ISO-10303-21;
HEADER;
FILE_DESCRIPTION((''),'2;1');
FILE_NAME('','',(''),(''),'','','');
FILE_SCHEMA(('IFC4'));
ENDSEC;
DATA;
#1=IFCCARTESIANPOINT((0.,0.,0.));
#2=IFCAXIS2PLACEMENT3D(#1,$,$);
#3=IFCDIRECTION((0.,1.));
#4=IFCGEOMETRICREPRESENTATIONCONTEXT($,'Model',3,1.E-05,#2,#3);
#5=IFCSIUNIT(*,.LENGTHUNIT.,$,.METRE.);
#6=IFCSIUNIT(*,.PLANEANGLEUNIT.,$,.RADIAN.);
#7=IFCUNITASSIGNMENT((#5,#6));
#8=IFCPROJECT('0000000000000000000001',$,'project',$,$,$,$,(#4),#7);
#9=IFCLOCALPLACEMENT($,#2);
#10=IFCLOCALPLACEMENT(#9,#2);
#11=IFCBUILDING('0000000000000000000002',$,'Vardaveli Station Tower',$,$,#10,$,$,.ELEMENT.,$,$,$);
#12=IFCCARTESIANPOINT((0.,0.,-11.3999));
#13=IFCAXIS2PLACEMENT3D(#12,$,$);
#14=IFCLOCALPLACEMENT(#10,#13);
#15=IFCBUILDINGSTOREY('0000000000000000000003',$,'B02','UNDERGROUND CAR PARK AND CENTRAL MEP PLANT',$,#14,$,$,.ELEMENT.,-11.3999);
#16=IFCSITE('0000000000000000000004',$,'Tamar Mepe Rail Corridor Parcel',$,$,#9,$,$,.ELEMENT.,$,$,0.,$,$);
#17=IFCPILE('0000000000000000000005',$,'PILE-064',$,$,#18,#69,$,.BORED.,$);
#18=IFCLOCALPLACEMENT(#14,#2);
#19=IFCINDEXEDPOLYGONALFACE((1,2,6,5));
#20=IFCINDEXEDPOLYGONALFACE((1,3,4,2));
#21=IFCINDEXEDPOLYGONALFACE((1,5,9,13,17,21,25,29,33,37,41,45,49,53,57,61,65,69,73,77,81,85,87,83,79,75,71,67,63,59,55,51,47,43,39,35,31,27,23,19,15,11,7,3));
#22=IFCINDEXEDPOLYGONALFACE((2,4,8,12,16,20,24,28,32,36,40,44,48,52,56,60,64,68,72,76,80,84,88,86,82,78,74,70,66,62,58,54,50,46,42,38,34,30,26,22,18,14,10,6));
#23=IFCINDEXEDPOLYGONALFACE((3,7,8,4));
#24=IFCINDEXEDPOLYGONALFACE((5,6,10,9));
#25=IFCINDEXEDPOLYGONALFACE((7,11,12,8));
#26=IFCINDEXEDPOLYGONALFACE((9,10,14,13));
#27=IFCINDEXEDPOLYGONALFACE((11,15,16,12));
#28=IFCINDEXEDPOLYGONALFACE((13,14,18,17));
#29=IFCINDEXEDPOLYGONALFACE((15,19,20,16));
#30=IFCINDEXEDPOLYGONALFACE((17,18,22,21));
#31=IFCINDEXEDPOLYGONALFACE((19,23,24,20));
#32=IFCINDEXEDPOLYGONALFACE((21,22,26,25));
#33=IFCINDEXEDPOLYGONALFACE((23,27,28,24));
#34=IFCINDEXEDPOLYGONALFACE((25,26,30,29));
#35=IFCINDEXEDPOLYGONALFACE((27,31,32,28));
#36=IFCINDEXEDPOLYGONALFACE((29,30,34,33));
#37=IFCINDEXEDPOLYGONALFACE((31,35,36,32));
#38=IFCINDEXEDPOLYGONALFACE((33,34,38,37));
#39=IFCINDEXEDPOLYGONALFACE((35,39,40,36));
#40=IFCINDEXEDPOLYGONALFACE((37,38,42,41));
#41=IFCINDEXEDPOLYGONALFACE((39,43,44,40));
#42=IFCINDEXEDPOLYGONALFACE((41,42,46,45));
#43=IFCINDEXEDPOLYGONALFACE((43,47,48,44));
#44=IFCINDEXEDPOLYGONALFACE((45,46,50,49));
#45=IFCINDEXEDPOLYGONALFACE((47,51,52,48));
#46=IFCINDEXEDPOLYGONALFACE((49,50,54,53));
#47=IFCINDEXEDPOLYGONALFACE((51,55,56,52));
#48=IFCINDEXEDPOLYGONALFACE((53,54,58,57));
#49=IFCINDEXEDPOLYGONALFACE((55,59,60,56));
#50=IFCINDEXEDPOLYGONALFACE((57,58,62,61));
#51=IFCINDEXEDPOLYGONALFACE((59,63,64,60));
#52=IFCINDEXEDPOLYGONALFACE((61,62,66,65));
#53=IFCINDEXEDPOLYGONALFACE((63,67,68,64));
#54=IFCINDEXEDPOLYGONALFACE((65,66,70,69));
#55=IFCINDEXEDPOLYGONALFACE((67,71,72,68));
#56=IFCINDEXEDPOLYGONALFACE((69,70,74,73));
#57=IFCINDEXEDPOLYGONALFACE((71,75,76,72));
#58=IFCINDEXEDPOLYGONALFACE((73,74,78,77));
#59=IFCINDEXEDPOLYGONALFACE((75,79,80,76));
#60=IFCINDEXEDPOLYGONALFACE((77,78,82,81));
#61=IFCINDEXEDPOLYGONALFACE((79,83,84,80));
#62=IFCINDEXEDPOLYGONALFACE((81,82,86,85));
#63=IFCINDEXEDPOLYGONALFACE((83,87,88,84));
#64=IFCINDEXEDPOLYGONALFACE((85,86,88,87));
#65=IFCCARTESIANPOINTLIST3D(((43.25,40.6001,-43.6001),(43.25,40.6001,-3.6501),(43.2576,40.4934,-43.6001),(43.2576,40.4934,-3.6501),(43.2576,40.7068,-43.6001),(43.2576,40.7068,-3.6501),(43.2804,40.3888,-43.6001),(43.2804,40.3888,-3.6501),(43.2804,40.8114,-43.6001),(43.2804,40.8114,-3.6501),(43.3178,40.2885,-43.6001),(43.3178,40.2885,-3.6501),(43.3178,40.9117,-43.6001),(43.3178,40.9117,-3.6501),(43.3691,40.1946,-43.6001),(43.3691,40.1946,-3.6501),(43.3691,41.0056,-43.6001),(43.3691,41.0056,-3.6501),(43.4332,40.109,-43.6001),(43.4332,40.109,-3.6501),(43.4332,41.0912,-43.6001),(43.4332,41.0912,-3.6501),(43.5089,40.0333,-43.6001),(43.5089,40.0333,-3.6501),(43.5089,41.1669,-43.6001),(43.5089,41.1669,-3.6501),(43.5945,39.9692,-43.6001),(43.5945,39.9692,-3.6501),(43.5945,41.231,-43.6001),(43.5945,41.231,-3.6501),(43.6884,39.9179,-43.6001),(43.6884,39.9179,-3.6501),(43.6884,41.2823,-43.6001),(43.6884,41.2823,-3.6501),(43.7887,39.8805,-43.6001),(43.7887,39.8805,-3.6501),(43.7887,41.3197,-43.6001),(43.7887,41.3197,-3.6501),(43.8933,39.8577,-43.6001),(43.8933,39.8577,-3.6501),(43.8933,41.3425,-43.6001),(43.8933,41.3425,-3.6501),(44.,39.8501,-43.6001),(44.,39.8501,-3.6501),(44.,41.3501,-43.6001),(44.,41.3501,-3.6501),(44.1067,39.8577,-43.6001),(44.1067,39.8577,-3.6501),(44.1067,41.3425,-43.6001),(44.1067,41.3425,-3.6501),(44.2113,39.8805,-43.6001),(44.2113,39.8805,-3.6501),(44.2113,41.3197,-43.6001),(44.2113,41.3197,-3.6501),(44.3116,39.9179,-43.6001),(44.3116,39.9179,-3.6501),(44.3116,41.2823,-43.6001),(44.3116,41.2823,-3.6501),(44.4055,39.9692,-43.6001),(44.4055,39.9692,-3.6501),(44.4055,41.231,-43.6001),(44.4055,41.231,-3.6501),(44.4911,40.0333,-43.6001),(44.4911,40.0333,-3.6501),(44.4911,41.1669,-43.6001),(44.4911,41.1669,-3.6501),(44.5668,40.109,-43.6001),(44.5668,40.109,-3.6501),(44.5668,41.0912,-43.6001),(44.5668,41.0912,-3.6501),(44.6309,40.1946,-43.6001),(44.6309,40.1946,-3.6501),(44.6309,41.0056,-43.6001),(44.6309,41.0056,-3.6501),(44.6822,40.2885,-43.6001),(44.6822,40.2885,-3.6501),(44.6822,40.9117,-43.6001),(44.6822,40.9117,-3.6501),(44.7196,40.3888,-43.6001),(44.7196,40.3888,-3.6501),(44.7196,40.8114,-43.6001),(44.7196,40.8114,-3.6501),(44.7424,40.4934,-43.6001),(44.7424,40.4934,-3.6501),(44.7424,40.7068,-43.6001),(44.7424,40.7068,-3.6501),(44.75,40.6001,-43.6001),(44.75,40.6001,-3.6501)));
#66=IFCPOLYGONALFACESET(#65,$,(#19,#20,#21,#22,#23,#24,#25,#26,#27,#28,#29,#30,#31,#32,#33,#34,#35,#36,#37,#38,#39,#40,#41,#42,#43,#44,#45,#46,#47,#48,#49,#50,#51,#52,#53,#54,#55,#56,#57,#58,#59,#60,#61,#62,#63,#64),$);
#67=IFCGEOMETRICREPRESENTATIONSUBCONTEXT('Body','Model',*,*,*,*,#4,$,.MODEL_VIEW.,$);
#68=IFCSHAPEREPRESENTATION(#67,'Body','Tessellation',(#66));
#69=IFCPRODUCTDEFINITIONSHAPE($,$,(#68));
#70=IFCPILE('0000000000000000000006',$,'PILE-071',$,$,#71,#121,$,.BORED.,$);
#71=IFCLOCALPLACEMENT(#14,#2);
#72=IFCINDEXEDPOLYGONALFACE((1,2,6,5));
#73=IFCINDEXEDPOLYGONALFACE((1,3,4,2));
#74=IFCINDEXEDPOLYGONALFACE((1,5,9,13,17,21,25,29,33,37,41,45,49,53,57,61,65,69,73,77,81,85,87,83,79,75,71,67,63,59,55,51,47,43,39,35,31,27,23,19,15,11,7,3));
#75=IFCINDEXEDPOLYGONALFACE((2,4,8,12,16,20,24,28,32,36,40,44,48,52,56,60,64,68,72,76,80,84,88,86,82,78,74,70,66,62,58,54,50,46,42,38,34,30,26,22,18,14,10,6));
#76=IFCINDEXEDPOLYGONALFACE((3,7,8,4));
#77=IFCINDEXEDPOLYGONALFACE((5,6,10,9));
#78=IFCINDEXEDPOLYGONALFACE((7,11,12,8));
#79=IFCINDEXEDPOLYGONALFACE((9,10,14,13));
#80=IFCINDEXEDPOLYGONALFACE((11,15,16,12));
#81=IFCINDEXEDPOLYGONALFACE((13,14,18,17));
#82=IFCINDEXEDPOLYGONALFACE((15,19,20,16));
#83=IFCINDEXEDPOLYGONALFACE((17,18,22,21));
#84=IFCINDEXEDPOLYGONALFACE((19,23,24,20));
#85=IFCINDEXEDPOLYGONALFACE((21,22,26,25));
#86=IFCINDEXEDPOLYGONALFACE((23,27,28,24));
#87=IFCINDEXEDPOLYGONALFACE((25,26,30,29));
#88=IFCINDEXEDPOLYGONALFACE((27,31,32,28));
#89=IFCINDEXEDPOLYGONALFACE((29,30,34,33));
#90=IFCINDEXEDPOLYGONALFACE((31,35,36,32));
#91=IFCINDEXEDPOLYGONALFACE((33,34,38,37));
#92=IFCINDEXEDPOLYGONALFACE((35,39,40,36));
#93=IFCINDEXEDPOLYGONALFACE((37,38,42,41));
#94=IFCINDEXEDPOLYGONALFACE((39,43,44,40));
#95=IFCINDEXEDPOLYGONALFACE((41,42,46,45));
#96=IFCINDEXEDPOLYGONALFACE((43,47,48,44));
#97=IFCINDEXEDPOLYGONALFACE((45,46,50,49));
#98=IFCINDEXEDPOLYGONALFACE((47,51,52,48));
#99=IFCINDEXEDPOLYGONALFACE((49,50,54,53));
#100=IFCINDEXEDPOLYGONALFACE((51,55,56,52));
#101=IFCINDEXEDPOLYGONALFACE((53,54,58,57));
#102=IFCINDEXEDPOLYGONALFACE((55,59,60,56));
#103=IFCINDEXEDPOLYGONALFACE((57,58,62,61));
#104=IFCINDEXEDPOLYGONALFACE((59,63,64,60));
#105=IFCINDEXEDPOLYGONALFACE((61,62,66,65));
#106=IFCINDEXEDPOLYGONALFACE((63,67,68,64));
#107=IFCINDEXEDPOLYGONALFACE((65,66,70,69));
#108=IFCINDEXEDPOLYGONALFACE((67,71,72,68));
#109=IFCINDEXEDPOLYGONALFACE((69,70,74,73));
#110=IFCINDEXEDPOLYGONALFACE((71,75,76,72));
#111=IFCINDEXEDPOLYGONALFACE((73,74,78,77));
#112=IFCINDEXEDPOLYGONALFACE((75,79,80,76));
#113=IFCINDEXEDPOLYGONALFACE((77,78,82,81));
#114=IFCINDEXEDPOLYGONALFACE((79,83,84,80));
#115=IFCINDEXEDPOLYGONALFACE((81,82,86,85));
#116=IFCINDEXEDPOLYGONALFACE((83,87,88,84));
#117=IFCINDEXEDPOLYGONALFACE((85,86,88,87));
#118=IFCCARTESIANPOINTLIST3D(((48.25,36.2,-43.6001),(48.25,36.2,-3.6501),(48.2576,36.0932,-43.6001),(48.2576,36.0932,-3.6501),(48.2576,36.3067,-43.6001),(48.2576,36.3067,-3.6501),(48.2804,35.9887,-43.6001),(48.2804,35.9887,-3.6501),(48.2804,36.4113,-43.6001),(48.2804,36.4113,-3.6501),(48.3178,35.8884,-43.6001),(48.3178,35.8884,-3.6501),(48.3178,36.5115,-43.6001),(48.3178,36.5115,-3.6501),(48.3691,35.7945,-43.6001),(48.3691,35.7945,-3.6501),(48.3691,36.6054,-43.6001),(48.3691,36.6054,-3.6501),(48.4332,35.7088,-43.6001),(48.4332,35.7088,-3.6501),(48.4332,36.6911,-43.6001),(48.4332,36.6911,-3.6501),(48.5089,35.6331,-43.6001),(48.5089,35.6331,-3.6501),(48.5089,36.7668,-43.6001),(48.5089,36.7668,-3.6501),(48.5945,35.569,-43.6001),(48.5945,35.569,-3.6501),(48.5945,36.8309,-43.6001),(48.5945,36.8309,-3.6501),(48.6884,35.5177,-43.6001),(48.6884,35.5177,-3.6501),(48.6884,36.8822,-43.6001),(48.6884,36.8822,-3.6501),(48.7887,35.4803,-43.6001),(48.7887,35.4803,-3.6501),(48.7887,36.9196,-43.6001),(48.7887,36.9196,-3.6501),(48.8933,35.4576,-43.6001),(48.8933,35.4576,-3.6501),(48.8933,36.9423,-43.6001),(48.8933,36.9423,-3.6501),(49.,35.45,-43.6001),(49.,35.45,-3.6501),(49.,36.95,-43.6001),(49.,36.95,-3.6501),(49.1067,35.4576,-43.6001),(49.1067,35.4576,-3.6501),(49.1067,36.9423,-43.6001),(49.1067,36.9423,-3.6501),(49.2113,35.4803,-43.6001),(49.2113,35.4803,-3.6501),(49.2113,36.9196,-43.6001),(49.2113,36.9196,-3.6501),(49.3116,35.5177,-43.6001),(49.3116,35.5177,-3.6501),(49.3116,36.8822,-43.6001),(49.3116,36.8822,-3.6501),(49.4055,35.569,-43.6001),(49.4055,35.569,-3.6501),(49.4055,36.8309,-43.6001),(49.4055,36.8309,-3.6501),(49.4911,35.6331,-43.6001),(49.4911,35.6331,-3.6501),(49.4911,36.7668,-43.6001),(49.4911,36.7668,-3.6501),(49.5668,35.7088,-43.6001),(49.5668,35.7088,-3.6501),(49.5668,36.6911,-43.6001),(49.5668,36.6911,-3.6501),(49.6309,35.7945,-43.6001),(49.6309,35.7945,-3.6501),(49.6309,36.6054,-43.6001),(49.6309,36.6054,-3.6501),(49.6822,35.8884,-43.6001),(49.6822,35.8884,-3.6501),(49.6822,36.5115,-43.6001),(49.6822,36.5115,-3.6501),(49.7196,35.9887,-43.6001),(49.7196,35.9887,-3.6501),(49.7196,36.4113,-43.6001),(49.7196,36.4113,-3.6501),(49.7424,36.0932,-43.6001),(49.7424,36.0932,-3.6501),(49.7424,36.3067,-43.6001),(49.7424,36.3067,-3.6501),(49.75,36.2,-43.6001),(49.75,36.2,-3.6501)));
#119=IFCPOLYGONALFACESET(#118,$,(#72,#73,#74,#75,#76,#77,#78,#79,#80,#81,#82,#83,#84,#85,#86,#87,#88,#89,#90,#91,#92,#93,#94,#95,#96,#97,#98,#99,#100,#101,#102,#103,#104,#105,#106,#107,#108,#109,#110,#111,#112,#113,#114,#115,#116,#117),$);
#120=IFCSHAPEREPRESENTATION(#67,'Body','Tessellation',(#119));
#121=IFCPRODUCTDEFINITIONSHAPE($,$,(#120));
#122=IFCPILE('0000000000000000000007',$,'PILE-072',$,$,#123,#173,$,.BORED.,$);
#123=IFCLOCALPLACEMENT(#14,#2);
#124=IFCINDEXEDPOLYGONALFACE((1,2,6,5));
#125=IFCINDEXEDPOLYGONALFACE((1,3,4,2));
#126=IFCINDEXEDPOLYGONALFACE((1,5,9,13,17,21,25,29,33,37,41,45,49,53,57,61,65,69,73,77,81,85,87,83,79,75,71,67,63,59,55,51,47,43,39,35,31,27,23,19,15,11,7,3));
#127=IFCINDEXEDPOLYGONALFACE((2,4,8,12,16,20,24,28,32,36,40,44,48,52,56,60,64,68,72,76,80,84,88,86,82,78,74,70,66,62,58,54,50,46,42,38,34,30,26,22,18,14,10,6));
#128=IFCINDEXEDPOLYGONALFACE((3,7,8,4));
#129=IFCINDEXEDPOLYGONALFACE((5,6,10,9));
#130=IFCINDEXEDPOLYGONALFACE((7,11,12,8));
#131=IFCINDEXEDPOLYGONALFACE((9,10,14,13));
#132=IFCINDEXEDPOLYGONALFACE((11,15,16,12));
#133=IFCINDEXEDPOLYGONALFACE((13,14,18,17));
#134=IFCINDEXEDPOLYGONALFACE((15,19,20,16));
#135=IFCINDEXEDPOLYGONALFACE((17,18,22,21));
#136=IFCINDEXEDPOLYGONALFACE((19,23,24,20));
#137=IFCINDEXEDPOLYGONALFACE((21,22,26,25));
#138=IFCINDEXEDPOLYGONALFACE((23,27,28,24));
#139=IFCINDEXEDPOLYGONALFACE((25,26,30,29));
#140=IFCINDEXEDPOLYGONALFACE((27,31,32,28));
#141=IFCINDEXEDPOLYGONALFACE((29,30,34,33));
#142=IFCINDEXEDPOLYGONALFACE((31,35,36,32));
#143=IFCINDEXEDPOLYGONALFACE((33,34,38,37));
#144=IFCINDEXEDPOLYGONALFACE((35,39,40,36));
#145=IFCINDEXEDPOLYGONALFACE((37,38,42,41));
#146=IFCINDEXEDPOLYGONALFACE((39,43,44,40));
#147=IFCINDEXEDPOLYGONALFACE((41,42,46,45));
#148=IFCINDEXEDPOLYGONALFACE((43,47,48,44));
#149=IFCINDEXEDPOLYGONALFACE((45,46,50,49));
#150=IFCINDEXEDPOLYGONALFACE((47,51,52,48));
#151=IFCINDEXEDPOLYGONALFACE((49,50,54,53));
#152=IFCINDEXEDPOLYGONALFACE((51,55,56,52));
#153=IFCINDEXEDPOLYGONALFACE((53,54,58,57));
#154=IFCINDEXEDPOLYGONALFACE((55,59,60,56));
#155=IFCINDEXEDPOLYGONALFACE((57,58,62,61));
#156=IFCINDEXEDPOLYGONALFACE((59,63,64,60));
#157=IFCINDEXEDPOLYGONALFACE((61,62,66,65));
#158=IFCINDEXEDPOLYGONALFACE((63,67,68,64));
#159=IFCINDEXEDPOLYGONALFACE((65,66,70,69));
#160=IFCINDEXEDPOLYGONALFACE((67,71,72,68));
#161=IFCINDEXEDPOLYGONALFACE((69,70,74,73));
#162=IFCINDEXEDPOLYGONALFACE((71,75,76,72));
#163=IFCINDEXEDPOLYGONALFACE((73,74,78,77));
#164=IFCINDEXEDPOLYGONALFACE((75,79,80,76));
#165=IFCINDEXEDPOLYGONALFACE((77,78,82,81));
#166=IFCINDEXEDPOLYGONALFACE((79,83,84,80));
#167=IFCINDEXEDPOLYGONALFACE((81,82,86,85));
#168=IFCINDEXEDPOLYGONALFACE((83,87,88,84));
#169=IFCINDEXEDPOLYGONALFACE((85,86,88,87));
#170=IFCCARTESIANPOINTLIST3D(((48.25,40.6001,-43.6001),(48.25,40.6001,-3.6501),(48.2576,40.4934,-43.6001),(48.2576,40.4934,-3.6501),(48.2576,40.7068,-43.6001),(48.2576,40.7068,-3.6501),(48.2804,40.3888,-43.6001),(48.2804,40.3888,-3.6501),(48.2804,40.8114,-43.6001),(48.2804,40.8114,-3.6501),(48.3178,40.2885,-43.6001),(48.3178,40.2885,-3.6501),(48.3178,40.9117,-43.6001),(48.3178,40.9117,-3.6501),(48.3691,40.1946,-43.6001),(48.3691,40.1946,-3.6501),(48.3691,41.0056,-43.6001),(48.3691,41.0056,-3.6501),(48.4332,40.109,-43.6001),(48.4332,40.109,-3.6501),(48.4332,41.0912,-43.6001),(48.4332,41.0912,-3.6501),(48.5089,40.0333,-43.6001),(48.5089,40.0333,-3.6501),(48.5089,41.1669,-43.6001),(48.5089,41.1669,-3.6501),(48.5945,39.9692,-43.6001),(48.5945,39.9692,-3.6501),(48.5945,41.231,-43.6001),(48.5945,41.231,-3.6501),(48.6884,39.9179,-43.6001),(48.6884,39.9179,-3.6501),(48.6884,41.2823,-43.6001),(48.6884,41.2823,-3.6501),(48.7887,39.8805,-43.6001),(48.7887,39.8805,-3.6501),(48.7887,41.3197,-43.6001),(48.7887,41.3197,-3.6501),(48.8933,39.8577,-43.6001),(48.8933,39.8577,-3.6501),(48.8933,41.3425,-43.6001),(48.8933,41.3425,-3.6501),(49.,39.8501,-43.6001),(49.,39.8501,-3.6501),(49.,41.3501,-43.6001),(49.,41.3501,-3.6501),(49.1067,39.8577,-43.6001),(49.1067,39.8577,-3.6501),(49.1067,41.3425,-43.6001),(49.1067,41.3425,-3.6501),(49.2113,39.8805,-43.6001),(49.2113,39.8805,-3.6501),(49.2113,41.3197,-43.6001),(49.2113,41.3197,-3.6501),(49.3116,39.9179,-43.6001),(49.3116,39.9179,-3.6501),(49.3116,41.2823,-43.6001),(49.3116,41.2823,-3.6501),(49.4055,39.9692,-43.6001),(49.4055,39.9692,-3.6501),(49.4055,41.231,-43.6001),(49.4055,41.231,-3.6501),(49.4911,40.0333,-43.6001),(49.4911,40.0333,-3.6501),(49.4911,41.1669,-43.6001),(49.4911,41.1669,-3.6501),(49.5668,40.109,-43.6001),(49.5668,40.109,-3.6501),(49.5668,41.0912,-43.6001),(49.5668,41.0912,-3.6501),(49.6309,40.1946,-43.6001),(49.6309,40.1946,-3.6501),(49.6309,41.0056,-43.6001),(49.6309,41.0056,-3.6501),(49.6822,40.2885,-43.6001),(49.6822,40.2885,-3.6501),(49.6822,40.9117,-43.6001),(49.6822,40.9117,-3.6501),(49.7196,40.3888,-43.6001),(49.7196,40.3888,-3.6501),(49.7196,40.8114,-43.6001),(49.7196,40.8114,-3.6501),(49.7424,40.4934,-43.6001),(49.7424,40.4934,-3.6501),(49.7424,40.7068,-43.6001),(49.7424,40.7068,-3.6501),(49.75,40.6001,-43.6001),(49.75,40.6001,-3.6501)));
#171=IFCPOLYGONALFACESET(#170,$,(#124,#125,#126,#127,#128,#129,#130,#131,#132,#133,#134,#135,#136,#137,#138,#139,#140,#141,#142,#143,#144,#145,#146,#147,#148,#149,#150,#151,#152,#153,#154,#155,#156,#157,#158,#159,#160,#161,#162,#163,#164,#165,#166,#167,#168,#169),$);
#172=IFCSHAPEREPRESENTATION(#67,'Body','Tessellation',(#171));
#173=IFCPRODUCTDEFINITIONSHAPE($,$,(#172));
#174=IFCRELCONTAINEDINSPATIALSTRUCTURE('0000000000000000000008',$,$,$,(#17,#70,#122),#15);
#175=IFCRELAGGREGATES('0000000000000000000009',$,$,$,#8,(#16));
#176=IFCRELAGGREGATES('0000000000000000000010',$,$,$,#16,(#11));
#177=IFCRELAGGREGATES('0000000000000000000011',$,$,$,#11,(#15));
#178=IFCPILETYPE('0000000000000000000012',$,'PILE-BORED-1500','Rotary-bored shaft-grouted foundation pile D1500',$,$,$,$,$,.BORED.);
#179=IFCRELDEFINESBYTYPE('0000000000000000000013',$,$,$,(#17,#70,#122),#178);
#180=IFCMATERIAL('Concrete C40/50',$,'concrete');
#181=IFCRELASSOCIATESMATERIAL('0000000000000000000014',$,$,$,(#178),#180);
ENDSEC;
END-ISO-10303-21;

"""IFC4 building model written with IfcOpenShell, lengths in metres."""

from ifc_helpers import new_model, si_unit, direction, frame, origin, origin_2d, place, context, subcontext, project, spatial, circle, extrude, source, transform, mapped, material, material_profile, profile_set, type_object, element, save


model = new_model("IFC4")

# Units and contexts
model_context = context("Model", 3, precision=1e-05, world=origin(), true_north=direction((0.0, 1.0)))
body_context = subcontext(model_context, "Body", "Model", "MODEL_VIEW")
ifc_project = project(units=[si_unit("LENGTHUNIT", "METRE"), si_unit("PLANEANGLEUNIT", "RADIAN")], contexts=[model_context])

# Site, building, storey
site_placement = place(None, origin())
site = spatial("IfcSite", under=ifc_project, at=site_placement, Name="Tamar Mepe Rail Corridor Parcel", CompositionType="ELEMENT", RefElevation=0.0)
building_placement = place(site_placement, origin())
building = spatial("IfcBuilding", under=site, at=building_placement, Name="Vardaveli Station Tower", CompositionType="ELEMENT")
storey_placement = place(building_placement, frame((0.0, 0.0, -11.3999)))
storey = spatial("IfcBuildingStorey", under=building, at=storey_placement, Name="B02", Description="UNDERGROUND CAR PARK AND CENTRAL MEP PLANT", CompositionType="ELEMENT", Elevation=-11.3999)

# Piles
ifc_material_1 = material(Name="Concrete C40/50", Category="concrete")
ifc_material_profile_1 = material_profile(ifc_material_1, circle(Radius=0.75, at=origin_2d()), Name="PILE D1500")
ifc_profile_set_1 = profile_set([ifc_material_profile_1], Name="Concrete C40/50")
pile_type = type_object("IfcPileType", Name="PILE-BORED-1500", Description="Rotary-bored shaft-grouted foundation pile D1500", PredefinedType="BORED", material=ifc_profile_set_1)
shared_shape_1 = source(origin(), body_context, "Body", "SweptSolid", [
    extrude(circle(Radius=0.75, at=origin_2d()), origin(), (0.0, 0.0, 1.0), 39.95),
])
for number, where, z_axis, x_axis, name in (
    (1, (44.0, 40.6001, -3.6501), (0.0, 0.0, -1.0), (1.0, 0.0, 0.0), "PILE-064"),
    (2, (49.0, 36.2, -3.6501), (0.0, 0.0, -1.0), (1.0, 0.0, 0.0), "PILE-071"),
    (3, (49.0, 40.6001, -3.6501), (0.0, 0.0, -1.0), (1.0, 0.0, 0.0), "PILE-072"),
):
    element("IfcPile", number, at=place(storey_placement, frame(where, z_axis=z_axis, x_axis=x_axis)), inside=storey, type_object=pile_type, Name=name, PredefinedType="BORED", context=body_context, shape_type="MappedRepresentation", body=[
        mapped(shared_shape_1, transform((0.0, 0.0, 0.0), scale=1.0)),
    ])

save(model, "model.ifc")
